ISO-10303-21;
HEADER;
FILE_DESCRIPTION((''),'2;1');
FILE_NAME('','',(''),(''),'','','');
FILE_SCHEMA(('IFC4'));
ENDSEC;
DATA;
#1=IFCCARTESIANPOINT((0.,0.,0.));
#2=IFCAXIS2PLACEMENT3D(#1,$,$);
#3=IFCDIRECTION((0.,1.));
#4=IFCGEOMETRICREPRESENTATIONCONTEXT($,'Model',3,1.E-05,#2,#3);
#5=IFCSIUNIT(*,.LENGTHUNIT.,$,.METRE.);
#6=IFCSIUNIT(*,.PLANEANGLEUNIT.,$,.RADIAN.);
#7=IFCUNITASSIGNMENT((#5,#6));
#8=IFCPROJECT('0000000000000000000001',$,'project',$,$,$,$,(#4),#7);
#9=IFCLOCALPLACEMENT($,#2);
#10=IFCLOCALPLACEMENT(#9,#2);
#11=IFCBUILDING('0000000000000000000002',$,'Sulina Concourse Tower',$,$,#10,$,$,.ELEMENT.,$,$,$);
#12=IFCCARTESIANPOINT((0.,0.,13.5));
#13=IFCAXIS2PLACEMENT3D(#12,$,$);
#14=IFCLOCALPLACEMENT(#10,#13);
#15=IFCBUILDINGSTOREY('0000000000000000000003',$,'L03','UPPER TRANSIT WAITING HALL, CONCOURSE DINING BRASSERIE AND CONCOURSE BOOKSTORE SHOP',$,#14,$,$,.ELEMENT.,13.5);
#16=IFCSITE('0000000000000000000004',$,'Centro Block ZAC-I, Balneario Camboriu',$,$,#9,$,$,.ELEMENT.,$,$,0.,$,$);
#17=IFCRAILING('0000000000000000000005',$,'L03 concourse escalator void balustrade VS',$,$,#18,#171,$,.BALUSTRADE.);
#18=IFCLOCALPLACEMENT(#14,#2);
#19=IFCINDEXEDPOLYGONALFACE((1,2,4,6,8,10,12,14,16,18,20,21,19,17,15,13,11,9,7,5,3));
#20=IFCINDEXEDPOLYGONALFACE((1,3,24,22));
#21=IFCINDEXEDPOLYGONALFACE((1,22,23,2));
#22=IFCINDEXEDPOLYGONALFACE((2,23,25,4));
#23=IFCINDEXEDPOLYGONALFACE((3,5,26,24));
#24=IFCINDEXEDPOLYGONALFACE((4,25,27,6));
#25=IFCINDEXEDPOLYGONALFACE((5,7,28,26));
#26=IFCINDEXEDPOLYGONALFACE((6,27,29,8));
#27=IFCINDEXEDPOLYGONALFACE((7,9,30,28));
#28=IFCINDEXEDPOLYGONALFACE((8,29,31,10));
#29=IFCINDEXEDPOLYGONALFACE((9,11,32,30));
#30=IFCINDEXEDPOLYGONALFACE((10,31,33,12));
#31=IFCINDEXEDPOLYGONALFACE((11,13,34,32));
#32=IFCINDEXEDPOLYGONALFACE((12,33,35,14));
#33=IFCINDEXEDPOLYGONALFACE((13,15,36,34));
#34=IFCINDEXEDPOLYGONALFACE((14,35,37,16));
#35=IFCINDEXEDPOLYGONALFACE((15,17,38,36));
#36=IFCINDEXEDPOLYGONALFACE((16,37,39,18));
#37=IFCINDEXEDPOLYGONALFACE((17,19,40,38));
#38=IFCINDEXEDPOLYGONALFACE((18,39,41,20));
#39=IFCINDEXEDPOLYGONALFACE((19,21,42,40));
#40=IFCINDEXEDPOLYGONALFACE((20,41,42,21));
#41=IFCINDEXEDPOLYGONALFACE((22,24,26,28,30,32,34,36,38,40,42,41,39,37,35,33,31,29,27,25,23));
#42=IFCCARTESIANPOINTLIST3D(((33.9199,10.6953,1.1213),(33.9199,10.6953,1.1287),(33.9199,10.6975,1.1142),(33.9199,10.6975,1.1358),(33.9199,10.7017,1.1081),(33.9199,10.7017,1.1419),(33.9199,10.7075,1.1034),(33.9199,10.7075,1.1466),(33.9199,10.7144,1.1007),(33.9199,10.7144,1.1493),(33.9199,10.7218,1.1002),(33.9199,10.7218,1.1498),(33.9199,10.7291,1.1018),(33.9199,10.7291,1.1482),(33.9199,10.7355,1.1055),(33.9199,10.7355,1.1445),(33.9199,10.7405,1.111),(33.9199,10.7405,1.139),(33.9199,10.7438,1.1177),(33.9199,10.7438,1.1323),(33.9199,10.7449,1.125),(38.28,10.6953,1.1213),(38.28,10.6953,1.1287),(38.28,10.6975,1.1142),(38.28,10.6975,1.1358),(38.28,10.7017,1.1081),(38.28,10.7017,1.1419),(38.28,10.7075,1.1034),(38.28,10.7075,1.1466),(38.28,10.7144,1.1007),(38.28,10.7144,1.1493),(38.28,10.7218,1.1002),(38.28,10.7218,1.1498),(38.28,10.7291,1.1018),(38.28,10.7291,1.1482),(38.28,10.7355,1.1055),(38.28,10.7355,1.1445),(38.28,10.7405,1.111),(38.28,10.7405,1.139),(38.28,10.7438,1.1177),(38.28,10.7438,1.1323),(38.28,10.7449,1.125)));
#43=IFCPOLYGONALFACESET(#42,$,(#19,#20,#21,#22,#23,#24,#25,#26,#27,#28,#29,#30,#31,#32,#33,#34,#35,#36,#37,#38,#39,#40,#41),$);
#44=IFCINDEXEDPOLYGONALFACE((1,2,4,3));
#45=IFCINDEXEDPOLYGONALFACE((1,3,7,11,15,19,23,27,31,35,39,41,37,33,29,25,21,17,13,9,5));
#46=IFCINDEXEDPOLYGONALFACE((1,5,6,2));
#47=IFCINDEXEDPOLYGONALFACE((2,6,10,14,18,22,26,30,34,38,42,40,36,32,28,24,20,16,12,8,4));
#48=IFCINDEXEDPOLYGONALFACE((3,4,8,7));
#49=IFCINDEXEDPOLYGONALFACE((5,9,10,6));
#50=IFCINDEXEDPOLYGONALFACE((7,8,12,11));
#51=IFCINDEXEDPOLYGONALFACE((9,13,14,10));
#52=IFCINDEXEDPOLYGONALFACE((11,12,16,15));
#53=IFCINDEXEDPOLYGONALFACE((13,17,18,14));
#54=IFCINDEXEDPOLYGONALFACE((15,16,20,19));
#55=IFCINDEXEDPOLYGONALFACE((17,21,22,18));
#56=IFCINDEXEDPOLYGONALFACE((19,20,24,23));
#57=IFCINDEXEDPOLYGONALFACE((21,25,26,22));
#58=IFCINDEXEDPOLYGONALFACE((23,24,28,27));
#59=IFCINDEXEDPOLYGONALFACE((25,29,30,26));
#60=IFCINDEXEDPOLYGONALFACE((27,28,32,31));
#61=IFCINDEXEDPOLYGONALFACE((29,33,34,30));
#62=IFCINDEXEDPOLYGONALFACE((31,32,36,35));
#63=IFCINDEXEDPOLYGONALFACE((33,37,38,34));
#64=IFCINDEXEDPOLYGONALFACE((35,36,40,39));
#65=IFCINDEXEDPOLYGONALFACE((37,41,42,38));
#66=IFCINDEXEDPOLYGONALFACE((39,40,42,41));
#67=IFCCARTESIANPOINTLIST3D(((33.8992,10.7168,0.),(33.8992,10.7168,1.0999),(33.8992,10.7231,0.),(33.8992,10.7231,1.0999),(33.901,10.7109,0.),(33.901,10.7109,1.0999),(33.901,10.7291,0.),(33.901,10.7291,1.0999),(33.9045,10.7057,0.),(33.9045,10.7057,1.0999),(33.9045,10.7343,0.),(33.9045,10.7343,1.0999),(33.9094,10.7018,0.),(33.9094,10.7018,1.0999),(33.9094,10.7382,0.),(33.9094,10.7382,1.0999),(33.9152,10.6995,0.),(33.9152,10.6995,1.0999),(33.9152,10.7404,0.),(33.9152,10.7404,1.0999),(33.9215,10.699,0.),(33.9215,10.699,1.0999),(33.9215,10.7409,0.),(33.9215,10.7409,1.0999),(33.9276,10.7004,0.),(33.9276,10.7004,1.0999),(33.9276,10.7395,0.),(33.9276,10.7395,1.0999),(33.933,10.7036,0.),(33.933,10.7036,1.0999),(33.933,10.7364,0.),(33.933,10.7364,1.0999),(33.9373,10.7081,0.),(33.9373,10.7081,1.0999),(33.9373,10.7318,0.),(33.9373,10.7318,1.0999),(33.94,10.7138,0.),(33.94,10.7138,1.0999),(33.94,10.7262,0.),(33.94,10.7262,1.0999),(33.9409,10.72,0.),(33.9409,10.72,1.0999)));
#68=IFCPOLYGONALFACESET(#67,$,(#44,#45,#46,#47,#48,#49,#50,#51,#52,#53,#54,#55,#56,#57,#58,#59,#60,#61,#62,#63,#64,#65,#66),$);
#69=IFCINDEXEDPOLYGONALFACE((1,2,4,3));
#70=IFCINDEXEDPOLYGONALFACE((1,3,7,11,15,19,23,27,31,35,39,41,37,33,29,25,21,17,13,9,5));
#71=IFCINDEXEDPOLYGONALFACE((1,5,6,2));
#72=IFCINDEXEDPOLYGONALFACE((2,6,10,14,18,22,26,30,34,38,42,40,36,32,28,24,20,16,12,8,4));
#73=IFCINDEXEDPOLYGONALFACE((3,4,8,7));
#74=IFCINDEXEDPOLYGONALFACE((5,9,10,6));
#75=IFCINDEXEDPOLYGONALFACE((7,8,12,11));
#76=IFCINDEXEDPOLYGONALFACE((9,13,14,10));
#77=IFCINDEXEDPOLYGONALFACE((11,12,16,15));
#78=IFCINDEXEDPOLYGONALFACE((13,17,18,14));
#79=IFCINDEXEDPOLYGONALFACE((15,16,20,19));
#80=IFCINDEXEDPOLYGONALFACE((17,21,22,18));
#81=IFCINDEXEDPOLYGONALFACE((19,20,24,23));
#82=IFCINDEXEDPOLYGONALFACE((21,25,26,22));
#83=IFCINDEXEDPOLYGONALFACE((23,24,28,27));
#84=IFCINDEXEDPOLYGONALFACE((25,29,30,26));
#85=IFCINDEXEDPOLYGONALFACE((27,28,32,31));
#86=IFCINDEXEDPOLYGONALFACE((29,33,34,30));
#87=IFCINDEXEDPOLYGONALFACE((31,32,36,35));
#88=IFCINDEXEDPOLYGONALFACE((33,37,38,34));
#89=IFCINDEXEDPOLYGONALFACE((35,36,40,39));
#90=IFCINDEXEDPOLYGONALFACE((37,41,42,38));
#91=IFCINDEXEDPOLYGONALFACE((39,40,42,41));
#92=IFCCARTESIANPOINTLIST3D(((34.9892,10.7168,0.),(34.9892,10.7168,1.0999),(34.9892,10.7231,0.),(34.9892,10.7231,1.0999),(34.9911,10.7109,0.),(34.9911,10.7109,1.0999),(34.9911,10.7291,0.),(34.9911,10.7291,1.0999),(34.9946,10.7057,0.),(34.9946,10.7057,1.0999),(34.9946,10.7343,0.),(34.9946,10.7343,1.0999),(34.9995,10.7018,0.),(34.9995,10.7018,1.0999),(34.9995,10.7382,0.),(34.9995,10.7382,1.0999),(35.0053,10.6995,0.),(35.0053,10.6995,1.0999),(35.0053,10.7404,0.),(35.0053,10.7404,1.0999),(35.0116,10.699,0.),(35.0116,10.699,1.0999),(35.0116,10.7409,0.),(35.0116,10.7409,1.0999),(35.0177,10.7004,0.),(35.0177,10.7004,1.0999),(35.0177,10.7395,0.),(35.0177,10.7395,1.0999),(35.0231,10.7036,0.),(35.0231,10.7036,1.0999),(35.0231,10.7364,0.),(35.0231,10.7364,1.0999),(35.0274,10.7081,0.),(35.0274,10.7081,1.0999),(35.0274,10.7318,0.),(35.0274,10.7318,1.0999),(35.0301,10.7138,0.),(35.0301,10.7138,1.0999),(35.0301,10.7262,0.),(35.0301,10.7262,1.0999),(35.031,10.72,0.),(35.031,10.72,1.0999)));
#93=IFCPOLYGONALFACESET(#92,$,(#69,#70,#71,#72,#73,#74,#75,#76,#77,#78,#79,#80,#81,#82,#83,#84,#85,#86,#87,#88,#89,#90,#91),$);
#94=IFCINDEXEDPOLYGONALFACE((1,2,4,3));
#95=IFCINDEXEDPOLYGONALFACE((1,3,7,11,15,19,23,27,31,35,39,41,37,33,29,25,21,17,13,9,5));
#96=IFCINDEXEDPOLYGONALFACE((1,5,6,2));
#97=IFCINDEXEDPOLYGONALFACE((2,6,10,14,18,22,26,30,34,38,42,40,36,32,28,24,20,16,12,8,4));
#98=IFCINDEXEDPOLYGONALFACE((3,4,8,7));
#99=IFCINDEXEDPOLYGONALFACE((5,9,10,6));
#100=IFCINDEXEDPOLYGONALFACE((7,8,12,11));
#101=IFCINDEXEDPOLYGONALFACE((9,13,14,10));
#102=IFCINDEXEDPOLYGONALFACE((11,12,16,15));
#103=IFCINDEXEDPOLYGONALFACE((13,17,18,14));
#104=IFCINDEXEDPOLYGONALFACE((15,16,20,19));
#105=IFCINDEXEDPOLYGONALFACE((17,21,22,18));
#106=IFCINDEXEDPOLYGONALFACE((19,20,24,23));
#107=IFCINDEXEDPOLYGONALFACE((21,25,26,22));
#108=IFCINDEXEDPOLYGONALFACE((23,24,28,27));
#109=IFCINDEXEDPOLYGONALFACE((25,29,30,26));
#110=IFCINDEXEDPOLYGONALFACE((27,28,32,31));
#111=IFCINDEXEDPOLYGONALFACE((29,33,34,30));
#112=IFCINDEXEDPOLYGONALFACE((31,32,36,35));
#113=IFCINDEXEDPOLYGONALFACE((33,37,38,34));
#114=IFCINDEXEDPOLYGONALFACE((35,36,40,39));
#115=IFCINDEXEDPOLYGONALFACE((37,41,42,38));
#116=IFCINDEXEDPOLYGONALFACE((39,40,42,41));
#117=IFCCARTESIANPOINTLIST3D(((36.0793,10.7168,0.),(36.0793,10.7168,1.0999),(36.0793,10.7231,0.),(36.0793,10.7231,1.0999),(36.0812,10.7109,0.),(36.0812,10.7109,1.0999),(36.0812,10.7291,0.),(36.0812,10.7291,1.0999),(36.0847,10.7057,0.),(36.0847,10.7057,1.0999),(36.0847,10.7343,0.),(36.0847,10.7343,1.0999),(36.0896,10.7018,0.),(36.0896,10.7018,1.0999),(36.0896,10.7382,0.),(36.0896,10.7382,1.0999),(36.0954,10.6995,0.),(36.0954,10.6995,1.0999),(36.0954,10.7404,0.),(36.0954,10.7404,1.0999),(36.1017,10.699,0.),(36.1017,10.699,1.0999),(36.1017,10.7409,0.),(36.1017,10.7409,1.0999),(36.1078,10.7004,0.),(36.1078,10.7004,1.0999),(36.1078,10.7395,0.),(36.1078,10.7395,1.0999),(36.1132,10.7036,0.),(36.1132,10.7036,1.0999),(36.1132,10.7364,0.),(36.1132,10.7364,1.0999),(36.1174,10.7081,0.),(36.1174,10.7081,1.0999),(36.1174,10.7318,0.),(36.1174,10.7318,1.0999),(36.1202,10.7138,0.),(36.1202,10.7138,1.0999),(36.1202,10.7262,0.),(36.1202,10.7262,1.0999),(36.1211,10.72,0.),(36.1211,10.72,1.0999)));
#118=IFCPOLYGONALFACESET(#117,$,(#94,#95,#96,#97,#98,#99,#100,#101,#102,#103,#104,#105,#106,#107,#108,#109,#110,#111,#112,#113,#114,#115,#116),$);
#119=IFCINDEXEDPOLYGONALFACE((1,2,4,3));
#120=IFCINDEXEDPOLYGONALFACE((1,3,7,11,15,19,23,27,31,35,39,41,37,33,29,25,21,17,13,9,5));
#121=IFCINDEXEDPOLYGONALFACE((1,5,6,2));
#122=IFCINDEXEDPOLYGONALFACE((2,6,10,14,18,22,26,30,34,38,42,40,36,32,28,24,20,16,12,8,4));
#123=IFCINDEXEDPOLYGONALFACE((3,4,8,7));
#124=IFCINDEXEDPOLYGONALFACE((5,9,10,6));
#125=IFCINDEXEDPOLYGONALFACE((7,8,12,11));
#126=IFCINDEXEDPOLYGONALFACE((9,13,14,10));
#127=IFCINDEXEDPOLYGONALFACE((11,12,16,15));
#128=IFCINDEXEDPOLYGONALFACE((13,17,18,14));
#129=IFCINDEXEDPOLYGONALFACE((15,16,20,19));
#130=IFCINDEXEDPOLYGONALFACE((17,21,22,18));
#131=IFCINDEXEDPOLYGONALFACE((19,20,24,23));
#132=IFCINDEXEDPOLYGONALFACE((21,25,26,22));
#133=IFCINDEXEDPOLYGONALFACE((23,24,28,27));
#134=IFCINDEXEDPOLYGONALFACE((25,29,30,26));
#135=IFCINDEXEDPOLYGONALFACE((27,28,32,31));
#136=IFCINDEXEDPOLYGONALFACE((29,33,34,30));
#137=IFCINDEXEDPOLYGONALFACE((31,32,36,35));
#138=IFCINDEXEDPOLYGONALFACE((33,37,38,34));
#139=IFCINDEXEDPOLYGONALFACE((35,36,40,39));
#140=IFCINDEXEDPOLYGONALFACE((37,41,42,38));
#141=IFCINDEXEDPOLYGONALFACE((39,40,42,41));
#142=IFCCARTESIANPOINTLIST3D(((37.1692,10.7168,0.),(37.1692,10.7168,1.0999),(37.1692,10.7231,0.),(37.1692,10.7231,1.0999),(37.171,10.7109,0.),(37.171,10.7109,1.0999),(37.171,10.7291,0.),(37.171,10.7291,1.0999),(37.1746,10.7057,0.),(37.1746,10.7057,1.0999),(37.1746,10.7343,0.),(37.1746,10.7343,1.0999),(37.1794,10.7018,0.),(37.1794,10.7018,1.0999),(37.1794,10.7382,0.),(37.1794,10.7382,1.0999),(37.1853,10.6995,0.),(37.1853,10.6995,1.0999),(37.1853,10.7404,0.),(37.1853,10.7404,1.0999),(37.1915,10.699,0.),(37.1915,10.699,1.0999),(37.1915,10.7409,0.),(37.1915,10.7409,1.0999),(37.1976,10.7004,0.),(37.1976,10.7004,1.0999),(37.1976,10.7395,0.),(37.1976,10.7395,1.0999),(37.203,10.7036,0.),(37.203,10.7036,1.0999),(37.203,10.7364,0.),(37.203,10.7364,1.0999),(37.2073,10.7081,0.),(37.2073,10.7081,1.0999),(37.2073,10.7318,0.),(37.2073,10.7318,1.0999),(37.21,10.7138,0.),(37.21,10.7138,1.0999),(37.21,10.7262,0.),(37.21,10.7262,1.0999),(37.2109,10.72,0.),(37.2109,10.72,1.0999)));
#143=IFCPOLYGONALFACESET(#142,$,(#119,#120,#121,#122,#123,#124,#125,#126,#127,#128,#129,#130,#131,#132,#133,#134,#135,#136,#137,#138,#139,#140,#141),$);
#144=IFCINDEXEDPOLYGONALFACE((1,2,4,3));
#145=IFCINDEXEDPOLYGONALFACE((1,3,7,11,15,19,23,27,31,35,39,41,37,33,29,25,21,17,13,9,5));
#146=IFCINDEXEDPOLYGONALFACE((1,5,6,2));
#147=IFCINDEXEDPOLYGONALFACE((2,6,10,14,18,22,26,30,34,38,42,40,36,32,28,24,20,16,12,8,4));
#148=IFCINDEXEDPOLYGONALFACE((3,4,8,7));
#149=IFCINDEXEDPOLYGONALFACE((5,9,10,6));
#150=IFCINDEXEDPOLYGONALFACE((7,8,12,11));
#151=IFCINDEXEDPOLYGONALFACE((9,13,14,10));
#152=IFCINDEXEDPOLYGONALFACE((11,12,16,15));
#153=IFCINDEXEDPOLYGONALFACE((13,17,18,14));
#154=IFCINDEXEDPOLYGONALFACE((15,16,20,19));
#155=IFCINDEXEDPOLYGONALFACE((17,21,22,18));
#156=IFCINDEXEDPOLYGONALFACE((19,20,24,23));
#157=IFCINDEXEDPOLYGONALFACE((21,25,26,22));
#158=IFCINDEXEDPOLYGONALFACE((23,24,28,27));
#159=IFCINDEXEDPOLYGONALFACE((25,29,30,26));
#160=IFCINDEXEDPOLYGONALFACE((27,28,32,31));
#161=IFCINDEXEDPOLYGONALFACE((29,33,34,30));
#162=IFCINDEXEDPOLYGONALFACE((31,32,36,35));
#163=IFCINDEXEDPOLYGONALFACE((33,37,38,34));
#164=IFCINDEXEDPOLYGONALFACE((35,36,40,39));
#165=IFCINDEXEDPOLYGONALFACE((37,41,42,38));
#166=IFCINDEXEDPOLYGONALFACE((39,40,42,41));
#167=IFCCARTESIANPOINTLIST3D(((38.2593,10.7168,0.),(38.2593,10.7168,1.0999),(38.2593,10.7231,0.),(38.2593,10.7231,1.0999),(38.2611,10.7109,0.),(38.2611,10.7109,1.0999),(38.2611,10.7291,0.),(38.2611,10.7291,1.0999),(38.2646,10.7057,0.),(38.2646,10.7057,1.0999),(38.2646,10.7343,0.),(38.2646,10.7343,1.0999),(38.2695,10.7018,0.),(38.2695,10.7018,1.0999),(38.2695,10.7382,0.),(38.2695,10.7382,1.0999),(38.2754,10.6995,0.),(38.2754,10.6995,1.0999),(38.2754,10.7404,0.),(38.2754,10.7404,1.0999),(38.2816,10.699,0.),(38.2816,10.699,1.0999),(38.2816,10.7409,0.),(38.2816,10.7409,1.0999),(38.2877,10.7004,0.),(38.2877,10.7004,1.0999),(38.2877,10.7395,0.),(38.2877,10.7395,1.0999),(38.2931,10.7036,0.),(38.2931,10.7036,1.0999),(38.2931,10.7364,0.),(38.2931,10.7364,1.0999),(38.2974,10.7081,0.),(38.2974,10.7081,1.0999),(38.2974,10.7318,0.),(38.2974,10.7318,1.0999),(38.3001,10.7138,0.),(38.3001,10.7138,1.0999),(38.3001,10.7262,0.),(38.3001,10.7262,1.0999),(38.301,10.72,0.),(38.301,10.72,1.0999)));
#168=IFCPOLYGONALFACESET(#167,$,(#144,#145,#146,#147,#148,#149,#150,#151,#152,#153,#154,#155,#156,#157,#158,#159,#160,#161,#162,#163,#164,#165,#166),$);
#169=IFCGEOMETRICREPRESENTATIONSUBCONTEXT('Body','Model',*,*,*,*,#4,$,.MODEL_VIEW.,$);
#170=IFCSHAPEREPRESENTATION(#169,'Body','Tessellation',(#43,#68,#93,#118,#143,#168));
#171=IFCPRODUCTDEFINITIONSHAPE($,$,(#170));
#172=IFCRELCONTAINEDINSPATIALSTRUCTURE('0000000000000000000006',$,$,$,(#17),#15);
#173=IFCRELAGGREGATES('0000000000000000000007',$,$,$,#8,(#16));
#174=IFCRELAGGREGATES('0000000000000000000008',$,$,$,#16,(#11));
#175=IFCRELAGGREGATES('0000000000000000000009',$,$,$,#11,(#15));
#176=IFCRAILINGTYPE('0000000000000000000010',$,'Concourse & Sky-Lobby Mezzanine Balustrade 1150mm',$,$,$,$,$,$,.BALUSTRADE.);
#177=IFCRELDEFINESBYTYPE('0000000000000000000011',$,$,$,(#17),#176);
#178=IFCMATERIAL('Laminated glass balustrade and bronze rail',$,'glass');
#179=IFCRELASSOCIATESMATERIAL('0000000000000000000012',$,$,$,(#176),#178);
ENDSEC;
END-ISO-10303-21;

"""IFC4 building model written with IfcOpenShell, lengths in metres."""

from ifc_helpers import new_model, si_unit, direction, frame, origin, origin_2d, place, context, subcontext, project, spatial, circle, extrude, material, type_object, element, save


model = new_model("IFC4")

# Units and contexts
model_context = context("Model", 3, precision=1e-05, world=origin(), true_north=direction((0.0, 1.0)))
body_context = subcontext(model_context, "Body", "Model", "MODEL_VIEW")
ifc_project = project(units=[si_unit("LENGTHUNIT", "METRE"), si_unit("PLANEANGLEUNIT", "RADIAN")], contexts=[model_context])

# Site, building, storey
site_placement = place(None, origin())
site = spatial("IfcSite", under=ifc_project, at=site_placement, Name="Centro Block ZAC-I, Balneario Camboriu", CompositionType="ELEMENT", RefElevation=0.0)
building_placement = place(site_placement, origin())
building = spatial("IfcBuilding", under=site, at=building_placement, Name="Sulina Concourse Tower", CompositionType="ELEMENT")
storey_placement = place(building_placement, frame((0.0, 0.0, 13.5)))
storey = spatial("IfcBuildingStorey", under=building, at=storey_placement, Name="L03", Description="UPPER TRANSIT WAITING HALL, CONCOURSE DINING BRASSERIE AND CONCOURSE BOOKSTORE SHOP", CompositionType="ELEMENT", Elevation=13.5)

# Railing
ifc_material_1 = material(Name="Laminated glass balustrade and bronze rail", Category="glass")
railing_type = type_object("IfcRailingType", Name="Concourse & Sky-Lobby Mezzanine Balustrade 1150mm", PredefinedType="BALUSTRADE", material=ifc_material_1)
for number, where, name in (
    (1, (33.9199, 10.72, 0.0), "L03 concourse escalator void balustrade VS"),
):
    element("IfcRailing", number, at=place(storey_placement, frame(where)), inside=storey, type_object=railing_type, Name=name, PredefinedType="BALUSTRADE", context=body_context, shape_type="SweptSolid", body=[
        extrude(circle(Radius=0.0249, at=origin_2d()), frame((0.0, 0.0, 1.125), z_axis=(1.0, 0.0, 0.0), x_axis=(0.0, 1.0, 0.0)), (0.0, 0.0, 1.0), 4.3601),
        extrude(circle(Radius=0.021, at=origin_2d()), origin(), (0.0, 0.0, 1.0), 1.0999),
        extrude(circle(Radius=0.021, at=origin_2d()), frame((1.0901, 0.0, 0.0)), (0.0, 0.0, 1.0), 1.0999),
        extrude(circle(Radius=0.021, at=origin_2d()), frame((2.1802, 0.0, 0.0)), (0.0, 0.0, 1.0), 1.0999),
        extrude(circle(Radius=0.021, at=origin_2d()), frame((3.27, 0.0, 0.0)), (0.0, 0.0, 1.0), 1.0999),
        extrude(circle(Radius=0.021, at=origin_2d()), frame((4.3601, 0.0, 0.0)), (0.0, 0.0, 1.0), 1.0999),
    ])

save(model, "model.ifc")
